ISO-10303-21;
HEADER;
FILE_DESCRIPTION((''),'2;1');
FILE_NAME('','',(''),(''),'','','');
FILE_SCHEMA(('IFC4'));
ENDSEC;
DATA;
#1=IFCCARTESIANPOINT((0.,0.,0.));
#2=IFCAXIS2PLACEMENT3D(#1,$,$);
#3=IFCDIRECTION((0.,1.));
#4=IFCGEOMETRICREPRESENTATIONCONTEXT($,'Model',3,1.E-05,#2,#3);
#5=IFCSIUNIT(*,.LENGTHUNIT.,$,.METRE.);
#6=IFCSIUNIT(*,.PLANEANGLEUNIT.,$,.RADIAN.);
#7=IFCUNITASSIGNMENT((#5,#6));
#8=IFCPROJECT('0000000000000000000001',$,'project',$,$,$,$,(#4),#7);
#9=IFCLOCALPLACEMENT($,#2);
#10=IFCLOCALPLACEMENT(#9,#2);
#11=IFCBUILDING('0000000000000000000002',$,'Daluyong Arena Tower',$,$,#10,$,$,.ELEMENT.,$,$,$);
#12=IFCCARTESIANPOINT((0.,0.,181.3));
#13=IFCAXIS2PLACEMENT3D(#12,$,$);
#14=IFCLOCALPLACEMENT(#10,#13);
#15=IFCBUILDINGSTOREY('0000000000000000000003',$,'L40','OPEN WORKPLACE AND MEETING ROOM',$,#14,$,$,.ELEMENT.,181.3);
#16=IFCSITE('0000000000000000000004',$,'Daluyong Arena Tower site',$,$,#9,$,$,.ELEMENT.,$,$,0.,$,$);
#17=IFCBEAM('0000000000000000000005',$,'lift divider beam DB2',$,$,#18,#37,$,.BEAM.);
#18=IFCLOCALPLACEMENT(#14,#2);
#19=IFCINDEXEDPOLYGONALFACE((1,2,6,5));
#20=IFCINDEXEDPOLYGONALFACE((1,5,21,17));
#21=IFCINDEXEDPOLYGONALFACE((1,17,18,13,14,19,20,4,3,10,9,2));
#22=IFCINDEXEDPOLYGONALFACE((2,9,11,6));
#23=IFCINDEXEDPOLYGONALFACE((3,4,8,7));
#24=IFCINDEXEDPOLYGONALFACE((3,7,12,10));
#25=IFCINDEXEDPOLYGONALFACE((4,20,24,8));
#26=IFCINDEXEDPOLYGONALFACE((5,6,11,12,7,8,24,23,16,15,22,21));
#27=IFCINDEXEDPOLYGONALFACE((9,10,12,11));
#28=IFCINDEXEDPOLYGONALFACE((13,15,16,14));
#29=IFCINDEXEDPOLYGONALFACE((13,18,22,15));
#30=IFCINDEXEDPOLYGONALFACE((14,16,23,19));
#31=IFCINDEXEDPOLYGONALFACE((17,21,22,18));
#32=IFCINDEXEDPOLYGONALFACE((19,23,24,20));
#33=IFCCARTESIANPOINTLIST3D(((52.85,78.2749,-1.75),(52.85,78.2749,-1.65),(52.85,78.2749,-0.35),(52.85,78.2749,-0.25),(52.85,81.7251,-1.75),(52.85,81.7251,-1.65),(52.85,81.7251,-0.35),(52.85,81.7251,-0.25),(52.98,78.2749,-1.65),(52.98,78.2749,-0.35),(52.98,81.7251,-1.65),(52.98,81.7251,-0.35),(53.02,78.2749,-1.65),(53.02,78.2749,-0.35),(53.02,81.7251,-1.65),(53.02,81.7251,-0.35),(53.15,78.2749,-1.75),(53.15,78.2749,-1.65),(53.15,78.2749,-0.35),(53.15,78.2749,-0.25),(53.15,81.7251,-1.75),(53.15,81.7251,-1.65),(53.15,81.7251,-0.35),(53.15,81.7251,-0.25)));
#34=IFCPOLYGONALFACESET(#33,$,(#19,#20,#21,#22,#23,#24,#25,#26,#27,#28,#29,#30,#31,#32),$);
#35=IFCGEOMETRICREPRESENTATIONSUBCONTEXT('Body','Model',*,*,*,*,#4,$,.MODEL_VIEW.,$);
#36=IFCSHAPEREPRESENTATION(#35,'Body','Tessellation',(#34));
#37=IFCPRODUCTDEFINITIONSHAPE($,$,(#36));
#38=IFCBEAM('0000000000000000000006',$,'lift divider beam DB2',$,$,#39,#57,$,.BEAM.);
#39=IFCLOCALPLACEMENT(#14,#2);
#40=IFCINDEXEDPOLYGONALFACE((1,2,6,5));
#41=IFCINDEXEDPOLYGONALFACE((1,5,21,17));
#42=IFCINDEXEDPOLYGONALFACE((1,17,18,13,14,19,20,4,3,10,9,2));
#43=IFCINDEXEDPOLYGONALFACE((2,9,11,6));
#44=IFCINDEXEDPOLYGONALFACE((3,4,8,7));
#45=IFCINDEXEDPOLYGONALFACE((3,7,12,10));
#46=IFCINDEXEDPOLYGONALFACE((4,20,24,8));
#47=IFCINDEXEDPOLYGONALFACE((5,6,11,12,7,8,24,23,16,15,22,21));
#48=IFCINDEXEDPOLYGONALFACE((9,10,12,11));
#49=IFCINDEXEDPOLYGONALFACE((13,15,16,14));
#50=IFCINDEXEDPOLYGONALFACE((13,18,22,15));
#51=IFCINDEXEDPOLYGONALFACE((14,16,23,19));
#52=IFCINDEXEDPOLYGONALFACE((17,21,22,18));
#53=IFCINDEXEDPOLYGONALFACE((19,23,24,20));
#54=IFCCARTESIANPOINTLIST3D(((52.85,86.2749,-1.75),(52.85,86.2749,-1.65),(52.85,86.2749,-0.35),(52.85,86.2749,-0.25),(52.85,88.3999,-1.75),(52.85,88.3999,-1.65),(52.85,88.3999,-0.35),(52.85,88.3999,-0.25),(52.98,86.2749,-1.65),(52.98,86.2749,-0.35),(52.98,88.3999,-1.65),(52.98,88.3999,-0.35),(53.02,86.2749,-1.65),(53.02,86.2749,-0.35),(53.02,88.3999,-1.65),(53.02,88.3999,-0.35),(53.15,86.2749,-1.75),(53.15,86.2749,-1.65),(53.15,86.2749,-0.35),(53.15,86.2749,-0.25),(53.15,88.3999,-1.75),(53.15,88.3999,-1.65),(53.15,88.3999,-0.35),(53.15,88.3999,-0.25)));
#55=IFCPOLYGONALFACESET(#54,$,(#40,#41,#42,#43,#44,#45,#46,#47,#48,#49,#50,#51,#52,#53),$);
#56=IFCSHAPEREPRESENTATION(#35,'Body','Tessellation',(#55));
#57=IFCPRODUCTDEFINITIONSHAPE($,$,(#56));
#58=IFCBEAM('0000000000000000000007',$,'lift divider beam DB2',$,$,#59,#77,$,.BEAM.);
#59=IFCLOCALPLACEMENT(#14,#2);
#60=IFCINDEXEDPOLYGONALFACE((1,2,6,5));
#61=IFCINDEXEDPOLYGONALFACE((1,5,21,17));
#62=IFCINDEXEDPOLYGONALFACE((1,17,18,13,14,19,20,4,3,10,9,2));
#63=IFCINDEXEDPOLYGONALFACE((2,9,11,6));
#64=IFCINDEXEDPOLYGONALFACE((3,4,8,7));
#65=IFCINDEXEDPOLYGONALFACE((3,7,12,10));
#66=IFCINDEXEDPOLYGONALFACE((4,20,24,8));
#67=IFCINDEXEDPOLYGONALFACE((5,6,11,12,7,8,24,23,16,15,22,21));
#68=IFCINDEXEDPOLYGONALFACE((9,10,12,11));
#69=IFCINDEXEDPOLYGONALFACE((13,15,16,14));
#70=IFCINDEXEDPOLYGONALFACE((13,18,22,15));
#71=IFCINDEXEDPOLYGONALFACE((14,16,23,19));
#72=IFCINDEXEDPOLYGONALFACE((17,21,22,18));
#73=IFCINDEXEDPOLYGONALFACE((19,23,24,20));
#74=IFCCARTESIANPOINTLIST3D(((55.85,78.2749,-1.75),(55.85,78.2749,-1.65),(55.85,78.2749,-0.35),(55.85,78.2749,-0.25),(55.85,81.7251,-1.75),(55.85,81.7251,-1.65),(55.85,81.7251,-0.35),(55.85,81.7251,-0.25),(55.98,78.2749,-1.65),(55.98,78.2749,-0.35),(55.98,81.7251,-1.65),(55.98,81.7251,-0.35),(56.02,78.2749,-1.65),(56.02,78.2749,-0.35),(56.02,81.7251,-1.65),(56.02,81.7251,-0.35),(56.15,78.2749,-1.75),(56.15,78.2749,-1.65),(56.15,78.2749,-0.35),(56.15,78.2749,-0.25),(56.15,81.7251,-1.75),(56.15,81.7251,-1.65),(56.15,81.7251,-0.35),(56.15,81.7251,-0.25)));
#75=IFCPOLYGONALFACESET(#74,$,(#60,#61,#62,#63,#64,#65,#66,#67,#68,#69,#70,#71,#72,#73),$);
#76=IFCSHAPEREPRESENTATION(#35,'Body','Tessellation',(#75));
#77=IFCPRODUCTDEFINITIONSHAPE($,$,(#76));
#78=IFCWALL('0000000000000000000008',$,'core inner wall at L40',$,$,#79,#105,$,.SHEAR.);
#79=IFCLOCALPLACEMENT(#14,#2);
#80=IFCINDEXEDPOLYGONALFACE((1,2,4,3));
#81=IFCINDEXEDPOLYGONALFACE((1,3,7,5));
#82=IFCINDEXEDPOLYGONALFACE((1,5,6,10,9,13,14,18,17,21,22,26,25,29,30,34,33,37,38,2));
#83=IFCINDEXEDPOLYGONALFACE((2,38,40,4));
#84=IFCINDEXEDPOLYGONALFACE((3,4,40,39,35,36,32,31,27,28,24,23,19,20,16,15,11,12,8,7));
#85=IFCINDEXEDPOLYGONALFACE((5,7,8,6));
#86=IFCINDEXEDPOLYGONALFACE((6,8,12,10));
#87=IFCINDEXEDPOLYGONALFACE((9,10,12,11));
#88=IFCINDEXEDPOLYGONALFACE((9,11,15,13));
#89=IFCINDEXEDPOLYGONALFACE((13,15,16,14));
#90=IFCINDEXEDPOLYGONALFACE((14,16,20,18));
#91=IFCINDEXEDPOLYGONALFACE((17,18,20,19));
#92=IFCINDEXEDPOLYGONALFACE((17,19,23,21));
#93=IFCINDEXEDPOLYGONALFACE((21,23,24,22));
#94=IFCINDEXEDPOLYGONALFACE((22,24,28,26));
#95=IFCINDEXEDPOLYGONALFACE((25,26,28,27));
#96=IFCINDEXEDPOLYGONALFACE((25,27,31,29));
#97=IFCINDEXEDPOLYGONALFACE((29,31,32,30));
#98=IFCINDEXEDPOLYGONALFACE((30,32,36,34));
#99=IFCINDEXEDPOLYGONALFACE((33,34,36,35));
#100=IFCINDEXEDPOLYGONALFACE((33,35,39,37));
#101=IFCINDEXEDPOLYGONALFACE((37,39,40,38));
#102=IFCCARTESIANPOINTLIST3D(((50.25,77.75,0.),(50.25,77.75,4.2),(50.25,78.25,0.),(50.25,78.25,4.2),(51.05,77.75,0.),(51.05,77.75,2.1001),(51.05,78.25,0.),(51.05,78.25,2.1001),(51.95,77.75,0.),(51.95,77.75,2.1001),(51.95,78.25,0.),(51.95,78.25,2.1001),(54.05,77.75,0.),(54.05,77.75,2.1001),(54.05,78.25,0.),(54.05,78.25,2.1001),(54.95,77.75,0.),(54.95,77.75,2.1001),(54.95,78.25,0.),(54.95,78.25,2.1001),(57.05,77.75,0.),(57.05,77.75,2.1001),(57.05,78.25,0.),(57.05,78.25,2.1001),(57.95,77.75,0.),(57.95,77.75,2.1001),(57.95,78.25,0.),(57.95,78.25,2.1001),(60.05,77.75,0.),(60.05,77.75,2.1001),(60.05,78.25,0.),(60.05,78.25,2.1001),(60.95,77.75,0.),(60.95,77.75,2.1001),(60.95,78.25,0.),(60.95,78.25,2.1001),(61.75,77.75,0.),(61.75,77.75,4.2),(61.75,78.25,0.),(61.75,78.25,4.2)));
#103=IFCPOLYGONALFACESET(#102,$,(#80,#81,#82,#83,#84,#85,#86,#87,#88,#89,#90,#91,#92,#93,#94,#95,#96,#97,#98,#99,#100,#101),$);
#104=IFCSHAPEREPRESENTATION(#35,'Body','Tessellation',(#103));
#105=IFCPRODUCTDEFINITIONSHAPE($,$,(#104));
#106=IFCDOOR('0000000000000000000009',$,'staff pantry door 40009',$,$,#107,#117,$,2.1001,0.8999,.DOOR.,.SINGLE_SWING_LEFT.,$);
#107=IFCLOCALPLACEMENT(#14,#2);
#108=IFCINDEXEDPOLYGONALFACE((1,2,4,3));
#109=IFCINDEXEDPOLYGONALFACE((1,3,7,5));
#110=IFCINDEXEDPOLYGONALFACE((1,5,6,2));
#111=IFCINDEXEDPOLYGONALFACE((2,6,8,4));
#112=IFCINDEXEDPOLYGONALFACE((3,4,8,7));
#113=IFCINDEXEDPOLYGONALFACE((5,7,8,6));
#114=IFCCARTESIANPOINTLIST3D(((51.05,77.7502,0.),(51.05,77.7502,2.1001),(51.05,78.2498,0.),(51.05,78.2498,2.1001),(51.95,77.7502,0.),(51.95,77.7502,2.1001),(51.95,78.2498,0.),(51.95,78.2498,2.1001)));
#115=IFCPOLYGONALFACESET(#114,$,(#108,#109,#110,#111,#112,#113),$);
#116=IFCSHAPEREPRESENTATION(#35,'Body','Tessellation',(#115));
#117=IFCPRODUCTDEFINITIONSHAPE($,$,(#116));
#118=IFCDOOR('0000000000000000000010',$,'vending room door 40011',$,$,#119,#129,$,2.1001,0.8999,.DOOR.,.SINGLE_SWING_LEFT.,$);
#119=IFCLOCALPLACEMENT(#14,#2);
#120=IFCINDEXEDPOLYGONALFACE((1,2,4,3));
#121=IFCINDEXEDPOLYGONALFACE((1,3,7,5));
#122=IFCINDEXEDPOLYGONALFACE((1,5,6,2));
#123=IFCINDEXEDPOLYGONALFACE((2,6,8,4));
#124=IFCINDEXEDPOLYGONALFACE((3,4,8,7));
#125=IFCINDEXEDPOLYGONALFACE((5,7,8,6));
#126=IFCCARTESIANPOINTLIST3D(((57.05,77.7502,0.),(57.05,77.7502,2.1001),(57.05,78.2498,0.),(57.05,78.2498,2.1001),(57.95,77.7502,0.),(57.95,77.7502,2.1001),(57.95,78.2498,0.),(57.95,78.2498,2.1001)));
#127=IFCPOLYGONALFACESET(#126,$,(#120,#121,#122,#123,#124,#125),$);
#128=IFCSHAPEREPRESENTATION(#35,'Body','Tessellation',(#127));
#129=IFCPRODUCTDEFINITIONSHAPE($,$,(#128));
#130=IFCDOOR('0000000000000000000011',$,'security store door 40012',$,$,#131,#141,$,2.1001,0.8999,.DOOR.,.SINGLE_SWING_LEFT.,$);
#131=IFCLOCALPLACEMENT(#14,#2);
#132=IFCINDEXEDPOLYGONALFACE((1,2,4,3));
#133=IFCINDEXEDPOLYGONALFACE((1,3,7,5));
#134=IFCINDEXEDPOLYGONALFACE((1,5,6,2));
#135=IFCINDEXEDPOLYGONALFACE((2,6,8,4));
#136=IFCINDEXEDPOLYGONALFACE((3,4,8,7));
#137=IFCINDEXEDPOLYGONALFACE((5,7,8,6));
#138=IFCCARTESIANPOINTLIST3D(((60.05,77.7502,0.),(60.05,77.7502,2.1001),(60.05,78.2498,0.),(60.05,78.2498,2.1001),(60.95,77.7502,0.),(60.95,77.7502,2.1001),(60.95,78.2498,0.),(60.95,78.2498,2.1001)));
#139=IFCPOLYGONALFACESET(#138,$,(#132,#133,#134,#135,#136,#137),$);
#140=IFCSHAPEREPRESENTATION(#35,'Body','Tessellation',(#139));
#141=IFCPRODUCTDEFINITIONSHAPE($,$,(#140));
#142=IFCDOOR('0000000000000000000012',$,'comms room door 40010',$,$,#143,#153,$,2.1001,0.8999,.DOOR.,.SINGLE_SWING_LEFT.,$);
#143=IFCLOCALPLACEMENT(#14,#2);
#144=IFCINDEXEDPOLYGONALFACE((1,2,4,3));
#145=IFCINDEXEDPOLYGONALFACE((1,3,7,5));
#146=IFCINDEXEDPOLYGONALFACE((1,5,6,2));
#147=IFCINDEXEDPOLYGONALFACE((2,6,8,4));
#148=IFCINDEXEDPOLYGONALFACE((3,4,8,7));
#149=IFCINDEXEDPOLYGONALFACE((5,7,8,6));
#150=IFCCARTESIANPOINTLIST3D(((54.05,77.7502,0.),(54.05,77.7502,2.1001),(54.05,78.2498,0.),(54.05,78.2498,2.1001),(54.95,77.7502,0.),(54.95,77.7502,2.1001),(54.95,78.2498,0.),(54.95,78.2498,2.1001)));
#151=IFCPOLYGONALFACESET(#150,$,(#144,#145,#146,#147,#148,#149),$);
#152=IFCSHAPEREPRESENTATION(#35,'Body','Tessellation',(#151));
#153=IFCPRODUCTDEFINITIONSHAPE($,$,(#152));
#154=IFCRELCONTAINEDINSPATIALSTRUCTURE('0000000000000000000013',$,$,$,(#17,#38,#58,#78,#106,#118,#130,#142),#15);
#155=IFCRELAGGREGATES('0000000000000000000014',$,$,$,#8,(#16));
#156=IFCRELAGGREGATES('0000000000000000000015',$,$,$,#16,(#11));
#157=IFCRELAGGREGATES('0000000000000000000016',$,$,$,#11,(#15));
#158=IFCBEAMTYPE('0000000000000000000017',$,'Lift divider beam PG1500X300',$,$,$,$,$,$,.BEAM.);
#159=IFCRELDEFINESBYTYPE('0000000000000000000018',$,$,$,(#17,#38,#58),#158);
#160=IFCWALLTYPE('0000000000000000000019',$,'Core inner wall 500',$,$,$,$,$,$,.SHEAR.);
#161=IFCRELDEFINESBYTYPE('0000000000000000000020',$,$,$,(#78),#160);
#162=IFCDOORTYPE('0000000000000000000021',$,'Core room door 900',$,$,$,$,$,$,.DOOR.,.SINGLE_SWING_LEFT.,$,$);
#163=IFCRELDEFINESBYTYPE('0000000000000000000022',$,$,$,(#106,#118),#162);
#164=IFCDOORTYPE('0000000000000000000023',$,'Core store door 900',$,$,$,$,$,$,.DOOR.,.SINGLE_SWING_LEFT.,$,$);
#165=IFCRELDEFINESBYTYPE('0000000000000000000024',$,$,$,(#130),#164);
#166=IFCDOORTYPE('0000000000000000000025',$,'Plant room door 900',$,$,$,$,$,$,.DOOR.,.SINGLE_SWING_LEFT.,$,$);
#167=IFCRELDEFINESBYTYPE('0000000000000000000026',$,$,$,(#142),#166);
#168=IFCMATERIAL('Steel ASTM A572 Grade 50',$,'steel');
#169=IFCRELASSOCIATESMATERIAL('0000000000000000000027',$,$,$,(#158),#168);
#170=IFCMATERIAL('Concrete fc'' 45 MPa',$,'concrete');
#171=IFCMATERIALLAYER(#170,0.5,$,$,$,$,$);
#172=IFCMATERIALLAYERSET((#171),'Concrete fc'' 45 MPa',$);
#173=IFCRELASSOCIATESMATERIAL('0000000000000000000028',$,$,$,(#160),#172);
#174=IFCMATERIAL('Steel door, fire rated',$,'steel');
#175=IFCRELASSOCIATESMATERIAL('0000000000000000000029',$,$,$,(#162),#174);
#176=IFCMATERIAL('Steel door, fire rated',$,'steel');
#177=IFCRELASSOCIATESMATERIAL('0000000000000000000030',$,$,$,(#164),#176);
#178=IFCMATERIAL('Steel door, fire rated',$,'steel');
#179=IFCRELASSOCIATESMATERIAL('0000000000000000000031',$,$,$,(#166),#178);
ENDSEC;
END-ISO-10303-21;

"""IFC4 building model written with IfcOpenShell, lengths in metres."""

from ifc_helpers import new_model, si_unit, direction, frame, frame_2d, origin, origin_2d, place, context, subcontext, project, spatial, rectangle, i_section, extrude, material, layer, layer_set, material_profile, profile_set, type_object, element, fill, save


model = new_model("IFC4")

# Units and contexts
model_context = context("Model", 3, precision=1e-05, world=origin(), true_north=direction((0.0, 1.0)))
body_context = subcontext(model_context, "Body", "Model", "MODEL_VIEW")
ifc_project = project(units=[si_unit("LENGTHUNIT", "METRE"), si_unit("PLANEANGLEUNIT", "RADIAN")], contexts=[model_context])

# Site, building, storey
site_placement = place(None, origin())
site = spatial("IfcSite", under=ifc_project, at=site_placement, Name="Daluyong Arena Tower site", CompositionType="ELEMENT", RefElevation=0.0)
building_placement = place(site_placement, origin())
building = spatial("IfcBuilding", under=site, at=building_placement, Name="Daluyong Arena Tower", CompositionType="ELEMENT")
storey_placement = place(building_placement, frame((0.0, 0.0, 181.3)))
storey = spatial("IfcBuildingStorey", under=building, at=storey_placement, Name="L40", Description="OPEN WORKPLACE AND MEETING ROOM", CompositionType="ELEMENT", Elevation=181.3)

# Beams
ifc_material_1 = material(Name="Steel ASTM A572 Grade 50", Category="steel")
ifc_material_profile = material_profile(ifc_material_1, i_section(OverallWidth=0.3, OverallDepth=1.5, WebThickness=0.04, FlangeThickness=0.1, at=origin_2d()))
ifc_profile_set = profile_set([ifc_material_profile], Name="Steel ASTM A572 Grade 50")
beam_type = type_object("IfcBeamType", Name="Lift divider beam PG1500X300", PredefinedType="BEAM", material=ifc_profile_set)
beam_1_placement = place(storey_placement, frame((53.0, 78.2749, -1.0), z_axis=(0.0, 1.0, 0.0), x_axis=(-1.0, 0.0, 0.0)))
element("IfcBeam", 1, at=beam_1_placement, inside=storey, type_object=beam_type, Name="lift divider beam DB2", PredefinedType="BEAM", context=body_context, shape_type="SweptSolid", body=[
    extrude(i_section(OverallWidth=0.3, OverallDepth=1.5, WebThickness=0.04, FlangeThickness=0.1, at=origin_2d()), origin(), (0.0, 0.0, 1.0), 3.4502),
])
beam_2_placement = place(storey_placement, frame((53.0, 86.2749, -1.0), z_axis=(0.0, 1.0, 0.0), x_axis=(-1.0, 0.0, 0.0)))
element("IfcBeam", 2, at=beam_2_placement, inside=storey, type_object=beam_type, Name="lift divider beam DB2", PredefinedType="BEAM", context=body_context, shape_type="SweptSolid", body=[
    extrude(i_section(OverallWidth=0.3, OverallDepth=1.5, WebThickness=0.04, FlangeThickness=0.1, at=origin_2d()), origin(), (0.0, 0.0, 1.0), 2.125),
])
beam_3_placement = place(storey_placement, frame((56.0, 78.2749, -1.0), z_axis=(0.0, 1.0, 0.0), x_axis=(-1.0, 0.0, 0.0)))
element("IfcBeam", 3, at=beam_3_placement, inside=storey, type_object=beam_type, Name="lift divider beam DB2", PredefinedType="BEAM", context=body_context, shape_type="SweptSolid", body=[
    extrude(i_section(OverallWidth=0.3, OverallDepth=1.5, WebThickness=0.04, FlangeThickness=0.1, at=origin_2d()), origin(), (0.0, 0.0, 1.0), 3.4502),
])

# Wall, openings, doors
ifc_material_2 = material(Name="Concrete fc' 45 MPa", Category="concrete")
ifc_layer_1 = layer(ifc_material_2, 0.5)
ifc_layer_set_1 = layer_set([ifc_layer_1], Name="Concrete fc' 45 MPa")
wall_type_1 = type_object("IfcWallType", Name="Core inner wall 500", PredefinedType="SHEAR", material=ifc_layer_set_1)
wall_1_placement = place(storey_placement, frame((50.25, 78.0, 0.0), z_axis=(0.0, 0.0, 1.0), x_axis=(1.0, 0.0, 0.0)))
wall_1 = element("IfcWall", 4, at=wall_1_placement, inside=storey, type_object=wall_type_1, Name="core inner wall at L40", PredefinedType="SHEAR", context=body_context, shape_type="SweptSolid", body=[
    extrude(rectangle(XDim=11.5, YDim=0.5, at=frame_2d((5.75, 0.0))), origin(), (0.0, 0.0, 1.0), 4.2),
])
opening_1_placement = place(wall_1_placement, frame((0.8, 0.0, 0.0)))
opening_1 = element("IfcOpeningElement", 5, at=opening_1_placement, cuts=wall_1, PredefinedType="OPENING", context=body_context, shape_type="SweptSolid", body=[
    extrude(rectangle(XDim=0.8999, YDim=2.1001, at=frame_2d((0.45, 1.05))), frame((0.0, 0.26, 0.0), z_axis=(0.0, -1.0, 0.0), x_axis=(1.0, 0.0, 0.0)), (0.0, 0.0, 1.0), 0.52),
])
opening_2_placement = place(wall_1_placement, frame((3.8, 0.0, 0.0)))
opening_2 = element("IfcOpeningElement", 6, at=opening_2_placement, cuts=wall_1, PredefinedType="OPENING", context=body_context, shape_type="SweptSolid", body=[
    extrude(rectangle(XDim=0.8999, YDim=2.1001, at=frame_2d((0.45, 1.05))), frame((0.0, 0.26, 0.0), z_axis=(0.0, -1.0, 0.0), x_axis=(1.0, 0.0, 0.0)), (0.0, 0.0, 1.0), 0.52),
])
opening_3_placement = place(wall_1_placement, frame((6.8, 0.0, 0.0)))
opening_3 = element("IfcOpeningElement", 7, at=opening_3_placement, cuts=wall_1, PredefinedType="OPENING", context=body_context, shape_type="SweptSolid", body=[
    extrude(rectangle(XDim=0.8999, YDim=2.1001, at=frame_2d((0.45, 1.05))), frame((0.0, 0.26, 0.0), z_axis=(0.0, -1.0, 0.0), x_axis=(1.0, 0.0, 0.0)), (0.0, 0.0, 1.0), 0.52),
])
opening_4_placement = place(wall_1_placement, frame((9.8, 0.0, 0.0)))
opening_4 = element("IfcOpeningElement", 8, at=opening_4_placement, cuts=wall_1, PredefinedType="OPENING", context=body_context, shape_type="SweptSolid", body=[
    extrude(rectangle(XDim=0.8999, YDim=2.1001, at=frame_2d((0.45, 1.05))), frame((0.0, 0.26, 0.0), z_axis=(0.0, -1.0, 0.0), x_axis=(1.0, 0.0, 0.0)), (0.0, 0.0, 1.0), 0.52),
])
ifc_material_3 = material(Name="Steel door, fire rated", Category="steel")
door_type_1 = type_object("IfcDoorType", Name="Core room door 900", OperationType="SINGLE_SWING_LEFT", PredefinedType="DOOR", material=ifc_material_3)
door_1_placement = place(opening_1_placement, origin())
door_1 = element("IfcDoor", 9, at=door_1_placement, inside=storey, type_object=door_type_1, Name="staff pantry door 40009", OperationType="SINGLE_SWING_LEFT", OverallHeight=2.1001, OverallWidth=0.8999, PredefinedType="DOOR", context=body_context, shape_type="SweptSolid", body=[
    extrude(rectangle(XDim=0.8999, YDim=2.1001, at=frame_2d((0.45, 1.05))), frame((0.0, 0.2498, 0.0), z_axis=(0.0, -1.0, 0.0), x_axis=(1.0, 0.0, 0.0)), (0.0, 0.0, 1.0), 0.4995),
])
fill(opening_1, door_1)
door_2_placement = place(opening_3_placement, origin())
door_2 = element("IfcDoor", 10, at=door_2_placement, inside=storey, type_object=door_type_1, Name="vending room door 40011", OperationType="SINGLE_SWING_LEFT", OverallHeight=2.1001, OverallWidth=0.8999, PredefinedType="DOOR", context=body_context, shape_type="SweptSolid", body=[
    extrude(rectangle(XDim=0.8999, YDim=2.1001, at=frame_2d((0.45, 1.05))), frame((0.0, 0.2498, 0.0), z_axis=(0.0, -1.0, 0.0), x_axis=(1.0, 0.0, 0.0)), (0.0, 0.0, 1.0), 0.4995),
])
fill(opening_3, door_2)
ifc_material_4 = material(Name="Steel door, fire rated", Category="steel")
door_type_2 = type_object("IfcDoorType", Name="Core store door 900", OperationType="SINGLE_SWING_LEFT", PredefinedType="DOOR", material=ifc_material_4)
door_3_placement = place(opening_4_placement, origin())
door_3 = element("IfcDoor", 11, at=door_3_placement, inside=storey, type_object=door_type_2, Name="security store door 40012", OperationType="SINGLE_SWING_LEFT", OverallHeight=2.1001, OverallWidth=0.8999, PredefinedType="DOOR", context=body_context, shape_type="SweptSolid", body=[
    extrude(rectangle(XDim=0.8999, YDim=2.1001, at=frame_2d((0.45, 1.05))), frame((0.0, 0.2498, 0.0), z_axis=(0.0, -1.0, 0.0), x_axis=(1.0, 0.0, 0.0)), (0.0, 0.0, 1.0), 0.4995),
])
fill(opening_4, door_3)
ifc_material_5 = material(Name="Steel door, fire rated", Category="steel")
door_type_3 = type_object("IfcDoorType", Name="Plant room door 900", OperationType="SINGLE_SWING_LEFT", PredefinedType="DOOR", material=ifc_material_5)
door_4_placement = place(opening_2_placement, origin())
door_4 = element("IfcDoor", 12, at=door_4_placement, inside=storey, type_object=door_type_3, Name="comms room door 40010", OperationType="SINGLE_SWING_LEFT", OverallHeight=2.1001, OverallWidth=0.8999, PredefinedType="DOOR", context=body_context, shape_type="SweptSolid", body=[
    extrude(rectangle(XDim=0.8999, YDim=2.1001, at=frame_2d((0.45, 1.05))), frame((0.0, 0.2498, 0.0), z_axis=(0.0, -1.0, 0.0), x_axis=(1.0, 0.0, 0.0)), (0.0, 0.0, 1.0), 0.4995),
])
fill(opening_2, door_4)

save(model, "model.ifc")
